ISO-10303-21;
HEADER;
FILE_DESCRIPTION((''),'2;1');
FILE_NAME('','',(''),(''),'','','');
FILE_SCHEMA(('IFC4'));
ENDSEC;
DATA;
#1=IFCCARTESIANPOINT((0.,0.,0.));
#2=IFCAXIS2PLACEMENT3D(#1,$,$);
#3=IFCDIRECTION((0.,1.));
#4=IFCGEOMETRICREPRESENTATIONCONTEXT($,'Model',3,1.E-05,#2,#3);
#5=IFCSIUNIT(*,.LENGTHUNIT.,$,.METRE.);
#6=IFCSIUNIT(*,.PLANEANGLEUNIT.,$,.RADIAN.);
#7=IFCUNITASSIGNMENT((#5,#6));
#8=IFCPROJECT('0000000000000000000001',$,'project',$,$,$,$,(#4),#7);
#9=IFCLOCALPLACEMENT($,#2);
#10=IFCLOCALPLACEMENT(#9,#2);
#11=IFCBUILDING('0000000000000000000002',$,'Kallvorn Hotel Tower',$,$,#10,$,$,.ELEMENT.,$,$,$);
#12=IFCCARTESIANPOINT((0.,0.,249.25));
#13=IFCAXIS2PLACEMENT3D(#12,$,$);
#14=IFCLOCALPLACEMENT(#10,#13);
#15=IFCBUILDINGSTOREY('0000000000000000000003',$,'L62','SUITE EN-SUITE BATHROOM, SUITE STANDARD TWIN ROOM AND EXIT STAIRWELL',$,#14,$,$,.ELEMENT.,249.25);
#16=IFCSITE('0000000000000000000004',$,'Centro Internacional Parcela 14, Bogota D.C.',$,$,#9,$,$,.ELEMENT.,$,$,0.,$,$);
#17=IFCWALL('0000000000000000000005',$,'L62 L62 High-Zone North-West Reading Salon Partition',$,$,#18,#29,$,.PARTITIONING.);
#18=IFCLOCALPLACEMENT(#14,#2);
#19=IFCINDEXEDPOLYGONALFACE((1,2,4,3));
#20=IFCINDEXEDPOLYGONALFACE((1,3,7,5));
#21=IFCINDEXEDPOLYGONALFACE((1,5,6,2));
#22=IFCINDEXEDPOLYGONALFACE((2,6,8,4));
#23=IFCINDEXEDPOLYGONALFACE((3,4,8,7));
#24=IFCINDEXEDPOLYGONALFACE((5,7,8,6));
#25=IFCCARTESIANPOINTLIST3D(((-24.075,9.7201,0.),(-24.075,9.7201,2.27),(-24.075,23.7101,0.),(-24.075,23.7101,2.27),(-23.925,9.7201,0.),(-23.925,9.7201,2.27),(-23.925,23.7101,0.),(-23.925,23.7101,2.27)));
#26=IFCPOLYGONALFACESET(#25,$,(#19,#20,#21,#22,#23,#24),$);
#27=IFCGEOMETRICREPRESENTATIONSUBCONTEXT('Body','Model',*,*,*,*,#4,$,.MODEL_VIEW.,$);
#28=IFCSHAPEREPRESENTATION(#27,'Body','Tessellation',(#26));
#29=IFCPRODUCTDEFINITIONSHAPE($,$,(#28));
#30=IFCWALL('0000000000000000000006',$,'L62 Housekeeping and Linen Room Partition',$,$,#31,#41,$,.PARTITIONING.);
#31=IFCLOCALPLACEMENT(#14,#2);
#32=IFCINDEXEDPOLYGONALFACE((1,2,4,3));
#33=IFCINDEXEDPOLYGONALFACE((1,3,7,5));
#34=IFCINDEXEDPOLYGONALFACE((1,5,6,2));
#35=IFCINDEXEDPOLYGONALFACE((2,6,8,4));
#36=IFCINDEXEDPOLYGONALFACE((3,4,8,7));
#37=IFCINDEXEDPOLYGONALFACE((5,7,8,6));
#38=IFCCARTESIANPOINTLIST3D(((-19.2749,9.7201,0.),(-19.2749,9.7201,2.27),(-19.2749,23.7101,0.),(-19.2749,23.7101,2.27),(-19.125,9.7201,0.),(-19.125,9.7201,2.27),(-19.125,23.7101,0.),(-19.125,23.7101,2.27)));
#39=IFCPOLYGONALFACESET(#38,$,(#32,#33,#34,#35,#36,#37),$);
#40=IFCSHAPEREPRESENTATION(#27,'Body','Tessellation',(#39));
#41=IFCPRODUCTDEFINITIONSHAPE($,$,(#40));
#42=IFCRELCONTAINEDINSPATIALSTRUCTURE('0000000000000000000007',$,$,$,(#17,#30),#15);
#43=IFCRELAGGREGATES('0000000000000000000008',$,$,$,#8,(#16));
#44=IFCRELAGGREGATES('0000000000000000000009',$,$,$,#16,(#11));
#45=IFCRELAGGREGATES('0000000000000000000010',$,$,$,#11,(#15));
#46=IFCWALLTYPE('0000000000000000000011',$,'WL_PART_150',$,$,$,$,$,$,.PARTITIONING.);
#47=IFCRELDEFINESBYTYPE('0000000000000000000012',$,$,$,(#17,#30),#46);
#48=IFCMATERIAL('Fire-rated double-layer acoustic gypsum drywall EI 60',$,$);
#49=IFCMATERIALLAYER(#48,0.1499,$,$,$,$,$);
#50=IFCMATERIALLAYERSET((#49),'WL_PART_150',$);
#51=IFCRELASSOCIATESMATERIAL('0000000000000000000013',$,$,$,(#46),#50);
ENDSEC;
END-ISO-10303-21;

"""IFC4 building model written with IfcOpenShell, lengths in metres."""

from ifc_helpers import new_model, si_unit, direction, frame, frame_2d, origin, place, context, subcontext, project, spatial, rectangle, extrude, material, layer, layer_set, type_object, element, save


model = new_model("IFC4")

# Units and contexts
model_context = context("Model", 3, precision=1e-05, world=origin(), true_north=direction((0.0, 1.0)))
body_context = subcontext(model_context, "Body", "Model", "MODEL_VIEW")
ifc_project = project(units=[si_unit("LENGTHUNIT", "METRE"), si_unit("PLANEANGLEUNIT", "RADIAN")], contexts=[model_context])

# Site, building, storey
site_placement = place(None, origin())
site = spatial("IfcSite", under=ifc_project, at=site_placement, Name="Centro Internacional Parcela 14, Bogota D.C.", CompositionType="ELEMENT", RefElevation=0.0)
building_placement = place(site_placement, origin())
building = spatial("IfcBuilding", under=site, at=building_placement, Name="Kallvorn Hotel Tower", CompositionType="ELEMENT")
storey_placement = place(building_placement, frame((0.0, 0.0, 249.25)))
storey = spatial("IfcBuildingStorey", under=building, at=storey_placement, Name="L62", Description="SUITE EN-SUITE BATHROOM, SUITE STANDARD TWIN ROOM AND EXIT STAIRWELL", CompositionType="ELEMENT", Elevation=249.25)

# Walls
ifc_material_1 = material(Name="Fire-rated double-layer acoustic gypsum drywall EI 60")
ifc_layer_1 = layer(ifc_material_1, 0.1499)
ifc_layer_set_1 = layer_set([ifc_layer_1], Name="WL_PART_150")
wall_type_1 = type_object("IfcWallType", Name="WL_PART_150", PredefinedType="PARTITIONING", material=ifc_layer_set_1)
for number, where, z_axis, x_axis, name in (
    (1, (-24.0, 9.72, 0.0), (0.0, 0.0, 1.0), (0.0, 1.0, 0.0), "L62 L62 High-Zone North-West Reading Salon Partition"),
    (2, (-19.2, 9.72, 0.0), (0.0, 0.0, 1.0), (0.0, 1.0, 0.0), "L62 Housekeeping and Linen Room Partition"),
):
    element("IfcWall", number, at=place(storey_placement, frame(where, z_axis=z_axis, x_axis=x_axis)), inside=storey, type_object=wall_type_1, Name=name, PredefinedType="PARTITIONING", context=body_context, shape_type="SweptSolid", body=[
        extrude(rectangle(XDim=13.99, YDim=0.1499, at=frame_2d((6.9951, 0.0))), origin(), (0.0, 0.0, 1.0), 2.27),
    ])

save(model, "model.ifc")
